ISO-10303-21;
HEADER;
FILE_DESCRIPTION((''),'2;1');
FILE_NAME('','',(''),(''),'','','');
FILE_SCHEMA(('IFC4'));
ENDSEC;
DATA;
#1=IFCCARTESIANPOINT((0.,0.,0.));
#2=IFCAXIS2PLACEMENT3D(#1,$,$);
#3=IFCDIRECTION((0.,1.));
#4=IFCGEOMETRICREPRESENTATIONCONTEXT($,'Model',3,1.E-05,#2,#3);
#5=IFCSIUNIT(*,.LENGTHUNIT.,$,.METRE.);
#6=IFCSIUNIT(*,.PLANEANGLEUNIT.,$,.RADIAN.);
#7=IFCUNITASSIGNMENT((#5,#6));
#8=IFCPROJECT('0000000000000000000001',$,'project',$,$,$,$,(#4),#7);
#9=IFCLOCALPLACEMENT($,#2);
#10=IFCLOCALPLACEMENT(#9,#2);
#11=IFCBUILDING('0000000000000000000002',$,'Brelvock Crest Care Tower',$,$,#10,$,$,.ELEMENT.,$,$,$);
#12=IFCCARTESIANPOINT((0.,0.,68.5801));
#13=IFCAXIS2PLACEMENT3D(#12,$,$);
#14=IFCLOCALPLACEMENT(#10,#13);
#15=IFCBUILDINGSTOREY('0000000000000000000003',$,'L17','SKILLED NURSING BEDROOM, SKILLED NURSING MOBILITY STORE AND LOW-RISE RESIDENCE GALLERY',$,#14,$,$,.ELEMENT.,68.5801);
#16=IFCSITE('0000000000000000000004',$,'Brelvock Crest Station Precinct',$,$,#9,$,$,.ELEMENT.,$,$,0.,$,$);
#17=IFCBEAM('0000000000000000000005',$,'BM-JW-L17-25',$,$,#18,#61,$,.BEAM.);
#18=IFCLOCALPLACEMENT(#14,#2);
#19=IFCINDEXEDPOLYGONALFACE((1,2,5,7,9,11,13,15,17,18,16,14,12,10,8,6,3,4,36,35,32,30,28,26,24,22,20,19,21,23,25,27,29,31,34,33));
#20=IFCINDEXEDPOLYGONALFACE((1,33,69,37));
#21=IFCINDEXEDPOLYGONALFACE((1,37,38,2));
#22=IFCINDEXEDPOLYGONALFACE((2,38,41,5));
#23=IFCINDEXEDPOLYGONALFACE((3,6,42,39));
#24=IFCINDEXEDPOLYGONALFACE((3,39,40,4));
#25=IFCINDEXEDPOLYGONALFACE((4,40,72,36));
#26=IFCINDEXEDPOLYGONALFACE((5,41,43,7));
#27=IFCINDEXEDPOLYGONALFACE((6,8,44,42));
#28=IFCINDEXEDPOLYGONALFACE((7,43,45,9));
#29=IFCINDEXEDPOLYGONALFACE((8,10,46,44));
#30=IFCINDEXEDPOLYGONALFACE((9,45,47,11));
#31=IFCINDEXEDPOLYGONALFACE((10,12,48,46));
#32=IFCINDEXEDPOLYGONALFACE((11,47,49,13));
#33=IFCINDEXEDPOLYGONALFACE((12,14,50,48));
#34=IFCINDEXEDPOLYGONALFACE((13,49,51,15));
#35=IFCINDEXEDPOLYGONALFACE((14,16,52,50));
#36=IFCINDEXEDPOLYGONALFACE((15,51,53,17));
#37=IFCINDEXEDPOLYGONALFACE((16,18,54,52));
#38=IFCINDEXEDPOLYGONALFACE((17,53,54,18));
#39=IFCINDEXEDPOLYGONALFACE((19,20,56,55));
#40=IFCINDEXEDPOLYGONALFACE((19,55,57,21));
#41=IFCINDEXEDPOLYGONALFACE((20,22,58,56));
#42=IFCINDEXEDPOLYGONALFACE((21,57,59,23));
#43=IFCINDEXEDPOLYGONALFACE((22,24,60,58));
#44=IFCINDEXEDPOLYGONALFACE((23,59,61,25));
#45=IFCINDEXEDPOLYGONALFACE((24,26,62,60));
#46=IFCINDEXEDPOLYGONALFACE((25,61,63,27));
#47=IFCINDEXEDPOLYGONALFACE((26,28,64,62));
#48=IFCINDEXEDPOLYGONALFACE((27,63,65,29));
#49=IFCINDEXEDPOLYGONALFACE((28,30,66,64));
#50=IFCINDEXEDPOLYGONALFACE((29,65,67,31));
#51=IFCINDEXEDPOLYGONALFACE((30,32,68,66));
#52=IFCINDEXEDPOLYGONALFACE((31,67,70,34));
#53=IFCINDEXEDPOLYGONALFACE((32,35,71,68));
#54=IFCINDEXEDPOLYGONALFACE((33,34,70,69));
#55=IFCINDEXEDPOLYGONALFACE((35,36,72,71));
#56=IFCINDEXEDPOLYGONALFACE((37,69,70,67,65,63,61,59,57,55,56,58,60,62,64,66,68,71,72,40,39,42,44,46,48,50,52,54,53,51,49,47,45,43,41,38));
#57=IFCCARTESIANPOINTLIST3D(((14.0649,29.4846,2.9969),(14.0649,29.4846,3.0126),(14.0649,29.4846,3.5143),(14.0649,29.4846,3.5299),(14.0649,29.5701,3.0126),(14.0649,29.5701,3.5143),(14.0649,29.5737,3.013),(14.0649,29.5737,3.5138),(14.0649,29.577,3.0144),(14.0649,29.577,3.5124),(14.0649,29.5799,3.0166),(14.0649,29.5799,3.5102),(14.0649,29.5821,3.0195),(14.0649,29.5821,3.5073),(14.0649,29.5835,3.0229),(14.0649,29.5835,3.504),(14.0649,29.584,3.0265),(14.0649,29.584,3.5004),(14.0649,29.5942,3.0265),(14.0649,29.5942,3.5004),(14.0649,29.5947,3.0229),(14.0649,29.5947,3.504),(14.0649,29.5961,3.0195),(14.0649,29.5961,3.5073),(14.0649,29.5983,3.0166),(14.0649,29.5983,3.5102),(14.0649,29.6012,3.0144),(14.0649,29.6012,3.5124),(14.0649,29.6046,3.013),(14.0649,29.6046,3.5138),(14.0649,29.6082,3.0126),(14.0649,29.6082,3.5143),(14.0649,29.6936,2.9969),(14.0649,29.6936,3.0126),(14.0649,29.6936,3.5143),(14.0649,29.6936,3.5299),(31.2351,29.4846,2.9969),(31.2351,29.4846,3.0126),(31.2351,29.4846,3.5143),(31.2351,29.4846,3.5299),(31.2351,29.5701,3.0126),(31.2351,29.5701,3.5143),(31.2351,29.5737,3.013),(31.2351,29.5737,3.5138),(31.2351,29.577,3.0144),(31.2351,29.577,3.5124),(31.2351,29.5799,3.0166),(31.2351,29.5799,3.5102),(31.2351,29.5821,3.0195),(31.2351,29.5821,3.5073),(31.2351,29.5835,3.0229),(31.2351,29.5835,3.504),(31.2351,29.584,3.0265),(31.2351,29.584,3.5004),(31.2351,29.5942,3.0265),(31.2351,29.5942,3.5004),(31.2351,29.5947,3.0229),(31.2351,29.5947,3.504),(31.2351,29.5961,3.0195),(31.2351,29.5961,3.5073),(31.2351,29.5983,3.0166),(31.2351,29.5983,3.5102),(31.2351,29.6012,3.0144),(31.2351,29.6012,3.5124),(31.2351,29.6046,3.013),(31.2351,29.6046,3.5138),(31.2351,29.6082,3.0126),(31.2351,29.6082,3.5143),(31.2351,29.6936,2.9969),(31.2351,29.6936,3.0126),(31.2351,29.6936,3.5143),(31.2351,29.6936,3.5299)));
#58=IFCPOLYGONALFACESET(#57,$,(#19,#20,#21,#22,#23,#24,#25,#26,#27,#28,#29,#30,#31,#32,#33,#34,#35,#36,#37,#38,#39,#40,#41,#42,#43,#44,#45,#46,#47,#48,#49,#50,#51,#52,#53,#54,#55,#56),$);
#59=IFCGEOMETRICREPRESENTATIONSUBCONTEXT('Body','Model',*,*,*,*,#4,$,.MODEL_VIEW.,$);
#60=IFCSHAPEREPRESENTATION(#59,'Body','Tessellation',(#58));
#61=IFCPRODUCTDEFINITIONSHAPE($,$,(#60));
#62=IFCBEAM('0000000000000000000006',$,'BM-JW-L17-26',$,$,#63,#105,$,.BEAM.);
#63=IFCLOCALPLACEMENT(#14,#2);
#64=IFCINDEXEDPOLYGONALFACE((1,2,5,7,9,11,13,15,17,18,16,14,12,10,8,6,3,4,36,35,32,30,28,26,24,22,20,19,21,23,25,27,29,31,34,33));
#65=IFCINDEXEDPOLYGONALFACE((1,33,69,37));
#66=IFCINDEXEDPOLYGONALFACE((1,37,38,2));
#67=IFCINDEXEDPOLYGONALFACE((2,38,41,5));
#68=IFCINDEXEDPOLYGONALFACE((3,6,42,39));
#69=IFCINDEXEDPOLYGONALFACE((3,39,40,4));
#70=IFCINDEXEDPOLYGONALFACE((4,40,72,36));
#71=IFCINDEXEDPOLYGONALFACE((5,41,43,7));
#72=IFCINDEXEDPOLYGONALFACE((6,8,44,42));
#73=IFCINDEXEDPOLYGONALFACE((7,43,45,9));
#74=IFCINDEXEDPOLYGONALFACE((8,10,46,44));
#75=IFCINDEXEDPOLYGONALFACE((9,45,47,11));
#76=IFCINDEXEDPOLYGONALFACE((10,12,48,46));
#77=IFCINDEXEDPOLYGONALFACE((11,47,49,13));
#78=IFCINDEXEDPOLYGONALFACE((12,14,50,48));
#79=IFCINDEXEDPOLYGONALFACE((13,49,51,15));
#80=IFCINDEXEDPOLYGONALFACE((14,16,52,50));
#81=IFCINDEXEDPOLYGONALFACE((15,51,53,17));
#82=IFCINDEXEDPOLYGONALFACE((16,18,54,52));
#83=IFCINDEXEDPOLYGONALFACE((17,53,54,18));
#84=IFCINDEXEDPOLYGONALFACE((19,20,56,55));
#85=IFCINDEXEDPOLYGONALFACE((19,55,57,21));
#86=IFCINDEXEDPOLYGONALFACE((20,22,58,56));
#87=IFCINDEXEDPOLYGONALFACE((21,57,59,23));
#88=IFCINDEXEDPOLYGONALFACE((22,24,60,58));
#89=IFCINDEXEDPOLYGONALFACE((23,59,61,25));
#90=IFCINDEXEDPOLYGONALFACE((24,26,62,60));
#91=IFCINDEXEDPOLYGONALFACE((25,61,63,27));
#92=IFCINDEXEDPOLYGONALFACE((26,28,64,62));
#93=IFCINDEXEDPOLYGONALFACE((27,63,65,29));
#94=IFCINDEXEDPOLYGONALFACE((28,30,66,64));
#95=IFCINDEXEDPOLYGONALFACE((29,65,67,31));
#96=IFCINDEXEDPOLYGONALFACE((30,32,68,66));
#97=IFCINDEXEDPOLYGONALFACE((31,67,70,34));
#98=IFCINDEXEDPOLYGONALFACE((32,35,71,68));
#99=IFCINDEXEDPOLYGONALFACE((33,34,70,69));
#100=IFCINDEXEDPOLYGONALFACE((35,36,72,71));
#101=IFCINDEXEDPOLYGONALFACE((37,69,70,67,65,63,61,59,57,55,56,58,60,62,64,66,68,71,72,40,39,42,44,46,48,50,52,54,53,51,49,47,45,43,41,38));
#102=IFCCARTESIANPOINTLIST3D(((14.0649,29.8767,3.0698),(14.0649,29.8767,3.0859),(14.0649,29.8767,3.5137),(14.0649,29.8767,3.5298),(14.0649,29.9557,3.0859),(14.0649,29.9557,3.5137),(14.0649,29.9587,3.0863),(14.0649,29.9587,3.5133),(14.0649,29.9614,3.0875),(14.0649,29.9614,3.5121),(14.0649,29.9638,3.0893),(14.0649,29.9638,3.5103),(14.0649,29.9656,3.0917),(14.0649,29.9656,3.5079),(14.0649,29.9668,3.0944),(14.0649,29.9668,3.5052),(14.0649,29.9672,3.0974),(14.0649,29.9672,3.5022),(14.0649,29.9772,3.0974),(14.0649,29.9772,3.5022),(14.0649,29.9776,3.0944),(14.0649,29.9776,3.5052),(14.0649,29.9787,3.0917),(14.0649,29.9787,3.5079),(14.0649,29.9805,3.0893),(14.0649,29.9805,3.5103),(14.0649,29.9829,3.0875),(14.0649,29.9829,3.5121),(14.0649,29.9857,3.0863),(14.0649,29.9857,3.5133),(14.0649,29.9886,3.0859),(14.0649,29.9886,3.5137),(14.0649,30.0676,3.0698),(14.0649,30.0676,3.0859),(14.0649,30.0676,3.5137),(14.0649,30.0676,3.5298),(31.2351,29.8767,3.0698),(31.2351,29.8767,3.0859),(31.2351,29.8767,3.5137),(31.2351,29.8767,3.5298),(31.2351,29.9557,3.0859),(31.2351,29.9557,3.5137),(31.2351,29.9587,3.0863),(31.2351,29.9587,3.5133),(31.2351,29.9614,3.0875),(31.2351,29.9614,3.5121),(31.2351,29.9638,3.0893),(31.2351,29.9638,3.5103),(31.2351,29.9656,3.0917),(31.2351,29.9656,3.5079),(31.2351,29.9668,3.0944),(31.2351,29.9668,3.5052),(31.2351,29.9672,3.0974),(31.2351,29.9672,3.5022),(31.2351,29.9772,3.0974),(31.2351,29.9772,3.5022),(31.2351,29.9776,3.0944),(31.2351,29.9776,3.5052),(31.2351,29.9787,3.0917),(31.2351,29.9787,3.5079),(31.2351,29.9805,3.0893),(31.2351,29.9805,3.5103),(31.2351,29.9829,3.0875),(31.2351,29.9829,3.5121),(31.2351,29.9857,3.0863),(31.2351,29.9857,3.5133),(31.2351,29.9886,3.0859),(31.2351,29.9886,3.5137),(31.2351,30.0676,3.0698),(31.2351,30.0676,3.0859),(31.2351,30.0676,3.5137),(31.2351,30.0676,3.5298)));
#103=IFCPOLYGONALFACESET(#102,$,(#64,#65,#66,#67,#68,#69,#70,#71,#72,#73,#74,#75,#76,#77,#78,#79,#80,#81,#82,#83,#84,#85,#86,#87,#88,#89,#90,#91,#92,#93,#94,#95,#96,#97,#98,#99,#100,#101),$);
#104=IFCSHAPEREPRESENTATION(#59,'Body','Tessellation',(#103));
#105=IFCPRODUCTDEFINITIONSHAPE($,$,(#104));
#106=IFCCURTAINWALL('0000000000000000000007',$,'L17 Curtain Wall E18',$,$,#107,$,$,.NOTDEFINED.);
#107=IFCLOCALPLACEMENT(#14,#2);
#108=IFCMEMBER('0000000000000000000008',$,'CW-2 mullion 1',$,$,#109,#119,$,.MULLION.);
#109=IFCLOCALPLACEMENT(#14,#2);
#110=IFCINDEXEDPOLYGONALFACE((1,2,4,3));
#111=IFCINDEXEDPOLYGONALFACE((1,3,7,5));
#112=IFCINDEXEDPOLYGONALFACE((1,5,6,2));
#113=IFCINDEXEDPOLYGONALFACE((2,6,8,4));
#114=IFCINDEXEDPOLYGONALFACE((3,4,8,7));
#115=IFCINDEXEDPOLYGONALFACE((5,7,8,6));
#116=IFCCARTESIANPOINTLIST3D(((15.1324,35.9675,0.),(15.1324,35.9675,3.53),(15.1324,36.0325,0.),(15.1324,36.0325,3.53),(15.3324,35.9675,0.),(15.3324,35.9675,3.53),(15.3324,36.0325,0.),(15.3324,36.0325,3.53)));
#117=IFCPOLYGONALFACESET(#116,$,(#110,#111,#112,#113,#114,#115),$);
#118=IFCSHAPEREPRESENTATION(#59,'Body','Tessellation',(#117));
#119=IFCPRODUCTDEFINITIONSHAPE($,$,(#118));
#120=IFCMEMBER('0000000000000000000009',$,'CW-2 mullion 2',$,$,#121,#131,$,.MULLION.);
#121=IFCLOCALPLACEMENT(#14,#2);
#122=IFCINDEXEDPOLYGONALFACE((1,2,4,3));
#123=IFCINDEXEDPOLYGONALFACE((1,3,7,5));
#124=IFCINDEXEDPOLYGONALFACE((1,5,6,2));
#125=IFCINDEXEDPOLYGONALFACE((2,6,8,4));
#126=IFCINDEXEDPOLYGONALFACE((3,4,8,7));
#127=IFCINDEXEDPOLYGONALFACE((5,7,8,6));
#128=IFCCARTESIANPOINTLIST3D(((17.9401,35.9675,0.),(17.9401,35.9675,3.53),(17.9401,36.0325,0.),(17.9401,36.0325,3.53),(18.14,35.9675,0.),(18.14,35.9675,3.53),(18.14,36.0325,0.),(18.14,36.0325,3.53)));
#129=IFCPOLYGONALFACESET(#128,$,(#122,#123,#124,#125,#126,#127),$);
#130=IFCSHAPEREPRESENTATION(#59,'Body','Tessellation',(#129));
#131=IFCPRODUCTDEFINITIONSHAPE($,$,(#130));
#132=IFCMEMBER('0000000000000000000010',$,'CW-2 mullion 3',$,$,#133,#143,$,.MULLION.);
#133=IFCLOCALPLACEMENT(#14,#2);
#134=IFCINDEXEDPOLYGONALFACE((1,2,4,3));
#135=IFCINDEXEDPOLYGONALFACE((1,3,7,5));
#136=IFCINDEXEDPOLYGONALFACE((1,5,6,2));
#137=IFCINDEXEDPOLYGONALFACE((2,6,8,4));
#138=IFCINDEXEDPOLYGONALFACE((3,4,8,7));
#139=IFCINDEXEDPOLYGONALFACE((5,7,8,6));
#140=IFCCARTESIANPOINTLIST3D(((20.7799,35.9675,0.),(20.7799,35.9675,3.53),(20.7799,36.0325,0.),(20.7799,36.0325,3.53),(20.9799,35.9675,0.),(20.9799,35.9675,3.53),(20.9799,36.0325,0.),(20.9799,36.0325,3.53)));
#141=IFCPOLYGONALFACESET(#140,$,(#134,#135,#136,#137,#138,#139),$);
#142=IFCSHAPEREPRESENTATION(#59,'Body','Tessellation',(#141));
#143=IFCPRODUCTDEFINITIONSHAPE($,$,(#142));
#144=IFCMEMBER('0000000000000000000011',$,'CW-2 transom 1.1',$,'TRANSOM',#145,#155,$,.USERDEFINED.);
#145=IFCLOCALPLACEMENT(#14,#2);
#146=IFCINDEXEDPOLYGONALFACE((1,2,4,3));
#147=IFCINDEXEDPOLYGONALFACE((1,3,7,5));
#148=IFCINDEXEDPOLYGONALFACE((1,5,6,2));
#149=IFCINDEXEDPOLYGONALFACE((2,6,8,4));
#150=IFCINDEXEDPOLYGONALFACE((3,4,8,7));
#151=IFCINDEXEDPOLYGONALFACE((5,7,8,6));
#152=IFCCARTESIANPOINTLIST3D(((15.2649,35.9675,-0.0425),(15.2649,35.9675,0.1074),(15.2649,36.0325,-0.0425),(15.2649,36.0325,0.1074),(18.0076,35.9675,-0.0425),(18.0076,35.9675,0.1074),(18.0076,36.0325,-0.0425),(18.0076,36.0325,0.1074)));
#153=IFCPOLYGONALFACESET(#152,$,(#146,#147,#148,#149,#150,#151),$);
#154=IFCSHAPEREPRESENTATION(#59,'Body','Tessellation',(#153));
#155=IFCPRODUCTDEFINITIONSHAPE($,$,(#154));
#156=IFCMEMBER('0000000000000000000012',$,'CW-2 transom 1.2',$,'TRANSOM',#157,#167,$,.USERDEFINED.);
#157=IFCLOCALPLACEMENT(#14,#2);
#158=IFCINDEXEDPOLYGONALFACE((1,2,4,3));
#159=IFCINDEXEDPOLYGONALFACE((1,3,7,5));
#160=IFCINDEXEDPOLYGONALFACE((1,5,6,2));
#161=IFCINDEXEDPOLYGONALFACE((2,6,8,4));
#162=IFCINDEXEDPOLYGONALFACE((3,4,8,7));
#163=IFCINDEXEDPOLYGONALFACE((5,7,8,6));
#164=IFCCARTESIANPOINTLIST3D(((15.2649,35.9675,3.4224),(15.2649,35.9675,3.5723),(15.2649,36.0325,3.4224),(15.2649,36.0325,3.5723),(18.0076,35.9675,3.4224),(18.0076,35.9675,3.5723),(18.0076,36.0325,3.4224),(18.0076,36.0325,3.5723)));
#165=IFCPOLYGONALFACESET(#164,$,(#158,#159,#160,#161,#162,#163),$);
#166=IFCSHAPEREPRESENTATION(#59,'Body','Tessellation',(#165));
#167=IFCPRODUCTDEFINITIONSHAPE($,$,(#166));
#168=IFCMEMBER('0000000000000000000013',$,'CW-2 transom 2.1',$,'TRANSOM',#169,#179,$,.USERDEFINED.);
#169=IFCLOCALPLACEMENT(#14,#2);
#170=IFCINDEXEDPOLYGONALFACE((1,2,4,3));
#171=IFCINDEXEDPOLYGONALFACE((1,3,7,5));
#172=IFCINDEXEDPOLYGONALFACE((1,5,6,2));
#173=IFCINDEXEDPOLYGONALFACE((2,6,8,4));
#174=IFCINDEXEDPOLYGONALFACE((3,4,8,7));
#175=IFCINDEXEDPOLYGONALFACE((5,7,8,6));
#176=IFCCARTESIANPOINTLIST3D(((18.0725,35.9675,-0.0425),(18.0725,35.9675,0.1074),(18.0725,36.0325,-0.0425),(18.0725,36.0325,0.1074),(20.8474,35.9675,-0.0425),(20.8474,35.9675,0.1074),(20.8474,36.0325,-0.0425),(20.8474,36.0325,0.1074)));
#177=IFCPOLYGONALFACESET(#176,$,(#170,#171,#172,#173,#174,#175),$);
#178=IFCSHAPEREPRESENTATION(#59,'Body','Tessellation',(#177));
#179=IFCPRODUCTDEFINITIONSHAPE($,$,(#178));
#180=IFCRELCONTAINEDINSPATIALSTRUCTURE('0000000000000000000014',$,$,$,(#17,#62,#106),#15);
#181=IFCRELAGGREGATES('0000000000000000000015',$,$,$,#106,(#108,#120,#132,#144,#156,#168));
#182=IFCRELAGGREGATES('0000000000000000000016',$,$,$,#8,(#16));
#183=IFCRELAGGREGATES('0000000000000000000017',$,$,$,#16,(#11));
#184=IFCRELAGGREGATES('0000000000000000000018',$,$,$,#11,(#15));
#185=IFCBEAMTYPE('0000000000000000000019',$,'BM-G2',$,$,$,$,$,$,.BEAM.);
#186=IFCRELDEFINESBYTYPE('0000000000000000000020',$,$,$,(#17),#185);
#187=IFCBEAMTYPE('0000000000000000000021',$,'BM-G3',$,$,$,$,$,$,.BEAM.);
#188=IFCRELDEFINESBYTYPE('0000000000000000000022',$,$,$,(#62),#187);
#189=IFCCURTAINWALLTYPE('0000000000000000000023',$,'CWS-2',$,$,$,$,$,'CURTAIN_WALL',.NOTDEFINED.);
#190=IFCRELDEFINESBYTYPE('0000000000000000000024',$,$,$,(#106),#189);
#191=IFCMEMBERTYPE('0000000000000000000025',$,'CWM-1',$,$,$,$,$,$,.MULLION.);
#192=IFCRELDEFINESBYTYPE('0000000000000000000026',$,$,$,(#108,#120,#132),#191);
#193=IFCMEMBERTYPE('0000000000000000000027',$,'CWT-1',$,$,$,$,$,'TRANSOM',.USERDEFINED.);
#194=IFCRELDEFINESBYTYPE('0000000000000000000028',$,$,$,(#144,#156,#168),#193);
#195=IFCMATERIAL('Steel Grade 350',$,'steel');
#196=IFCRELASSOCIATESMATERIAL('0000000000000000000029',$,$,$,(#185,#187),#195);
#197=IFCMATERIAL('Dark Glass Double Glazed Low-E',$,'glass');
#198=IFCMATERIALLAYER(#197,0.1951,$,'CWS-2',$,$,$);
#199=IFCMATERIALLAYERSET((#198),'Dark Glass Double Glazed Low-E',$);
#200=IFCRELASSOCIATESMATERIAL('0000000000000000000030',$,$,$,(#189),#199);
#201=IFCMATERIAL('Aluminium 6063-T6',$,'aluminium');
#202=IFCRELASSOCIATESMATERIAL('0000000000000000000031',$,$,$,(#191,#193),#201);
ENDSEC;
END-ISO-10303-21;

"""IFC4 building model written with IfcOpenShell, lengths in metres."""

from ifc_helpers import new_model, si_unit, direction, frame, origin, origin_2d, place, context, subcontext, project, spatial, rectangle, i_section, extrude, source, transform, mapped, material, layer, layer_set, material_profile, profile_set, type_object, element, aggregate, save


model = new_model("IFC4")

# Units and contexts
model_context = context("Model", 3, precision=1e-05, world=origin(), true_north=direction((0.0, 1.0)))
body_context = subcontext(model_context, "Body", "Model", "MODEL_VIEW")
ifc_project = project(units=[si_unit("LENGTHUNIT", "METRE"), si_unit("PLANEANGLEUNIT", "RADIAN")], contexts=[model_context])

# Site, building, storey
site_placement = place(None, origin())
site = spatial("IfcSite", under=ifc_project, at=site_placement, Name="Brelvock Crest Station Precinct", CompositionType="ELEMENT", RefElevation=0.0)
building_placement = place(site_placement, origin())
building = spatial("IfcBuilding", under=site, at=building_placement, Name="Brelvock Crest Care Tower", CompositionType="ELEMENT")
storey_placement = place(building_placement, frame((0.0, 0.0, 68.5801)))
storey = spatial("IfcBuildingStorey", under=building, at=storey_placement, Name="L17", Description="SKILLED NURSING BEDROOM, SKILLED NURSING MOBILITY STORE AND LOW-RISE RESIDENCE GALLERY", CompositionType="ELEMENT", Elevation=68.5801)

# Beams
ifc_material_1 = material(Name="Steel Grade 350", Category="steel")
ifc_material_profile_1 = material_profile(ifc_material_1, i_section(OverallWidth=0.209, OverallDepth=0.533, WebThickness=0.0103, FlangeThickness=0.0156, FilletRadius=0.0139, at=origin_2d()), Name="530UB92.4")
ifc_profile_set_1 = profile_set([ifc_material_profile_1], Name="Steel Grade 350")
beam_type_1 = type_object("IfcBeamType", Name="BM-G2", PredefinedType="BEAM", material=ifc_profile_set_1)
shared_shape_1 = source(origin(), body_context, "Body", "SweptSolid", [
    extrude(i_section(OverallWidth=0.209, OverallDepth=0.533, WebThickness=0.0103, FlangeThickness=0.0156, FilletRadius=0.0139, at=origin_2d()), origin(), (0.0, 0.0, 1.0), 17.1702),
])
beam_1_placement = place(storey_placement, frame((14.0649, 29.5891, 3.2634), z_axis=(1.0, 0.0, 0.0), x_axis=(0.0, 1.0, 0.0)))
element("IfcBeam", 1, at=beam_1_placement, inside=storey, type_object=beam_type_1, Name="BM-JW-L17-25", PredefinedType="BEAM", context=body_context, shape_type="MappedRepresentation", body=[
    mapped(shared_shape_1, transform((0.0, 0.0, 0.0), x_axis=(1.0, 0.0, 0.0), y_axis=(0.0, 1.0, 0.0), z_axis=(0.0, 0.0, 1.0), scale=1.0)),
])
ifc_material_profile_2 = material_profile(ifc_material_1, i_section(OverallWidth=0.1909, OverallDepth=0.46, WebThickness=0.01, FlangeThickness=0.0161, FilletRadius=0.0115, at=origin_2d()), Name="460UB82.1")
ifc_profile_set_2 = profile_set([ifc_material_profile_2], Name="Steel Grade 350")
beam_type_2 = type_object("IfcBeamType", Name="BM-G3", PredefinedType="BEAM", material=ifc_profile_set_2)
shared_shape_2 = source(origin(), body_context, "Body", "SweptSolid", [
    extrude(i_section(OverallWidth=0.1909, OverallDepth=0.46, WebThickness=0.01, FlangeThickness=0.0161, FilletRadius=0.0115, at=origin_2d()), origin(), (0.0, 0.0, 1.0), 17.1702),
])
beam_2_placement = place(storey_placement, frame((14.0649, 29.9722, 3.2998), z_axis=(1.0, 0.0, 0.0), x_axis=(0.0, 1.0, 0.0)))
element("IfcBeam", 2, at=beam_2_placement, inside=storey, type_object=beam_type_2, Name="BM-JW-L17-26", PredefinedType="BEAM", context=body_context, shape_type="MappedRepresentation", body=[
    mapped(shared_shape_2, transform((0.0, 0.0, 0.0), x_axis=(1.0, 0.0, 0.0), y_axis=(0.0, 1.0, 0.0), z_axis=(0.0, 0.0, 1.0), scale=1.0)),
])

# Curtain wall, members
ifc_material_2 = material(Name="Dark Glass Double Glazed Low-E", Category="glass")
ifc_layer_1 = layer(ifc_material_2, 0.1951, Name="CWS-2")
ifc_layer_set_1 = layer_set([ifc_layer_1], Name="Dark Glass Double Glazed Low-E")
curtain_wall_type = type_object("IfcCurtainWallType", Name="CWS-2", ElementType="CURTAIN_WALL", PredefinedType="NOTDEFINED", material=ifc_layer_set_1)
curtain_wall_placement = place(storey_placement, origin())
curtain_wall = element("IfcCurtainWall", 3, at=curtain_wall_placement, inside=storey, type_object=curtain_wall_type, Name="L17 Curtain Wall E18", PredefinedType="NOTDEFINED")
ifc_material_3 = material(Name="Aluminium 6063-T6", Category="aluminium")
ifc_material_profile_3 = material_profile(ifc_material_3, rectangle(XDim=0.0649, YDim=0.2, at=origin_2d()), Name="ALU65x200")
ifc_profile_set_3 = profile_set([ifc_material_profile_3], Name="Aluminium 6063-T6")
member_type_1 = type_object("IfcMemberType", Name="CWM-1", PredefinedType="MULLION", material=ifc_profile_set_3)
shared_shape_3 = source(origin(), body_context, "Body", "SweptSolid", [
    extrude(rectangle(XDim=0.0649, YDim=0.2, at=origin_2d()), origin(), (0.0, 0.0, 1.0), 3.53),
])
member_1_placement = place(storey_placement, frame((15.2324, 36.0, 0.0), z_axis=(0.0, 0.0, 1.0), x_axis=(0.0, 1.0, 0.0)))
member_1 = element("IfcMember", 4, at=member_1_placement, type_object=member_type_1, Name="CW-2 mullion 1", PredefinedType="MULLION", context=body_context, shape_type="MappedRepresentation", body=[
    mapped(shared_shape_3, transform((0.0, 0.0, 0.0), x_axis=(1.0, 0.0, 0.0), y_axis=(0.0, 1.0, 0.0), z_axis=(0.0, 0.0, 1.0), scale=1.0)),
])
member_2_placement = place(storey_placement, frame((18.04, 36.0, 0.0), z_axis=(0.0, 0.0, 1.0), x_axis=(0.0, 1.0, 0.0)))
member_2 = element("IfcMember", 5, at=member_2_placement, type_object=member_type_1, Name="CW-2 mullion 2", PredefinedType="MULLION", context=body_context, shape_type="MappedRepresentation", body=[
    mapped(shared_shape_3, transform((0.0, 0.0, 0.0), x_axis=(1.0, 0.0, 0.0), y_axis=(0.0, 1.0, 0.0), z_axis=(0.0, 0.0, 1.0), scale=1.0)),
])
member_3_placement = place(storey_placement, frame((20.8799, 36.0, 0.0), z_axis=(0.0, 0.0, 1.0), x_axis=(0.0, 1.0, 0.0)))
member_3 = element("IfcMember", 6, at=member_3_placement, type_object=member_type_1, Name="CW-2 mullion 3", PredefinedType="MULLION", context=body_context, shape_type="MappedRepresentation", body=[
    mapped(shared_shape_3, transform((0.0, 0.0, 0.0), x_axis=(1.0, 0.0, 0.0), y_axis=(0.0, 1.0, 0.0), z_axis=(0.0, 0.0, 1.0), scale=1.0)),
])
ifc_material_profile_4 = material_profile(ifc_material_3, rectangle(XDim=0.0649, YDim=0.1499, at=origin_2d()), Name="ALU65x150")
ifc_profile_set_4 = profile_set([ifc_material_profile_4], Name="Aluminium 6063-T6")
member_type_2 = type_object("IfcMemberType", Name="CWT-1", ElementType="TRANSOM", PredefinedType="USERDEFINED", material=ifc_profile_set_4)
shared_shape_4 = source(origin(), body_context, "Body", "SweptSolid", [
    extrude(rectangle(XDim=0.0649, YDim=0.1499, at=origin_2d()), origin(), (0.0, 0.0, 1.0), 2.7427),
])
member_4_placement = place(storey_placement, frame((15.2649, 36.0, 0.0325), z_axis=(1.0, 0.0, 0.0), x_axis=(0.0, 1.0, 0.0)))
member_4 = element("IfcMember", 7, at=member_4_placement, type_object=member_type_2, Name="CW-2 transom 1.1", ObjectType="TRANSOM", PredefinedType="USERDEFINED", context=body_context, shape_type="MappedRepresentation", body=[
    mapped(shared_shape_4, transform((0.0, 0.0, 0.0), x_axis=(1.0, 0.0, 0.0), y_axis=(0.0, 1.0, 0.0), z_axis=(0.0, 0.0, 1.0), scale=1.0)),
])
member_5_placement = place(storey_placement, frame((15.2649, 36.0, 3.4973), z_axis=(1.0, 0.0, 0.0), x_axis=(0.0, 1.0, 0.0)))
member_5 = element("IfcMember", 8, at=member_5_placement, type_object=member_type_2, Name="CW-2 transom 1.2", ObjectType="TRANSOM", PredefinedType="USERDEFINED", context=body_context, shape_type="MappedRepresentation", body=[
    mapped(shared_shape_4, transform((0.0, 0.0, 0.0), x_axis=(1.0, 0.0, 0.0), y_axis=(0.0, 1.0, 0.0), z_axis=(0.0, 0.0, 1.0), scale=1.0)),
])
shared_shape_5 = source(origin(), body_context, "Body", "SweptSolid", [
    extrude(rectangle(XDim=0.0649, YDim=0.1499, at=origin_2d()), origin(), (0.0, 0.0, 1.0), 2.7749),
])
member_6_placement = place(storey_placement, frame((18.0725, 36.0, 0.0325), z_axis=(1.0, 0.0, 0.0), x_axis=(0.0, 1.0, 0.0)))
member_6 = element("IfcMember", 9, at=member_6_placement, type_object=member_type_2, Name="CW-2 transom 2.1", ObjectType="TRANSOM", PredefinedType="USERDEFINED", context=body_context, shape_type="MappedRepresentation", body=[
    mapped(shared_shape_5, transform((0.0, 0.0, 0.0), x_axis=(1.0, 0.0, 0.0), y_axis=(0.0, 1.0, 0.0), z_axis=(0.0, 0.0, 1.0), scale=1.0)),
])
aggregate(curtain_wall, [member_1, member_2, member_3, member_4, member_5, member_6])

save(model, "model.ifc")
